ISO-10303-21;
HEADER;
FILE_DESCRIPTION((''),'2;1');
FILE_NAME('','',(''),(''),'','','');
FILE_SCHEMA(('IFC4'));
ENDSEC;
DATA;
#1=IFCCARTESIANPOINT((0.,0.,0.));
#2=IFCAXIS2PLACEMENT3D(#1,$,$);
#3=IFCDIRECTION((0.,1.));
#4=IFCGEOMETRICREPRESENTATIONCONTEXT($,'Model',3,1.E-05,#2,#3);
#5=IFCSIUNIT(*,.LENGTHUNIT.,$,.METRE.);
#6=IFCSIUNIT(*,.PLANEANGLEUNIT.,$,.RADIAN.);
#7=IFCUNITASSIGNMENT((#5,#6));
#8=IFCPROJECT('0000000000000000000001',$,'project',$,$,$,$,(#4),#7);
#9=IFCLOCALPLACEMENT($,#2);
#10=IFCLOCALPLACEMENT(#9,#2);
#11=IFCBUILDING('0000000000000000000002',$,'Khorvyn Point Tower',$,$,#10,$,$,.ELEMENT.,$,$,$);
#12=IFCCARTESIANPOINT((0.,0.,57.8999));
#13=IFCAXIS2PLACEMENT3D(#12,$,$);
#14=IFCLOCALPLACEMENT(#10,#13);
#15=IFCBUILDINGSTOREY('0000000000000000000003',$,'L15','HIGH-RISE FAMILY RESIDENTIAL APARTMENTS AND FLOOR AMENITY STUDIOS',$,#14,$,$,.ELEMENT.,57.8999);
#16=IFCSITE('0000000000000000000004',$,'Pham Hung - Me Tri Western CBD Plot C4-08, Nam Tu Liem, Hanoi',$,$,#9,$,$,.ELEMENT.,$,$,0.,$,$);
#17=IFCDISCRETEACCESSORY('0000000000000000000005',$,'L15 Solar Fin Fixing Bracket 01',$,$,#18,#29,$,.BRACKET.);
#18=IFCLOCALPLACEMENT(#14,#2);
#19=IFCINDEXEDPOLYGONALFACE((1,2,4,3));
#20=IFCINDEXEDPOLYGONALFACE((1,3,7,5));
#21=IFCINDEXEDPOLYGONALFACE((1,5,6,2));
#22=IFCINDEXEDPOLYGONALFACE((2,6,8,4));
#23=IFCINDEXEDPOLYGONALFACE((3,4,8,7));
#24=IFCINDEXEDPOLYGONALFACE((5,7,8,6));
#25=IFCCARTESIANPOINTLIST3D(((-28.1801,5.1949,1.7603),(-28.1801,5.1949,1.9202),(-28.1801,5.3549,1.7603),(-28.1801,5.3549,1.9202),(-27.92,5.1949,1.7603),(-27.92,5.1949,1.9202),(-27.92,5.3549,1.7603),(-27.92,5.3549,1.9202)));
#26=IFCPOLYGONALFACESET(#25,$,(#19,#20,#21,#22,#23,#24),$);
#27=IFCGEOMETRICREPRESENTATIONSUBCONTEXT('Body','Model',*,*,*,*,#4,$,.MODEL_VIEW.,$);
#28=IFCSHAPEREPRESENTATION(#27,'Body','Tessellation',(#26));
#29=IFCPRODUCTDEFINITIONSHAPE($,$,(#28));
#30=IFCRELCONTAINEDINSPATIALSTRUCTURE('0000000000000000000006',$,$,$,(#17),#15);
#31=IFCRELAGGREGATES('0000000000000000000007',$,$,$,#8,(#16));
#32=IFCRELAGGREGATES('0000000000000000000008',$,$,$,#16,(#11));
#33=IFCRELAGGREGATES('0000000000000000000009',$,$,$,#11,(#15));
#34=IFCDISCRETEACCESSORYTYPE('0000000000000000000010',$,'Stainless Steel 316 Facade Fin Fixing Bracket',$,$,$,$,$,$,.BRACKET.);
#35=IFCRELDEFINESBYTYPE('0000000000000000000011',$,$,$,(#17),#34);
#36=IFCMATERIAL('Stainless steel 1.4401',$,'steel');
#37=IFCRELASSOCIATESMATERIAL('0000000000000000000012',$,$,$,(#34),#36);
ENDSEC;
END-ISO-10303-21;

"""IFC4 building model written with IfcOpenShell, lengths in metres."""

from ifc_helpers import new_model, si_unit, direction, frame, origin, origin_2d, place, context, subcontext, project, spatial, rectangle, extrude, material, type_object, element, save


model = new_model("IFC4")

# Units and contexts
model_context = context("Model", 3, precision=1e-05, world=origin(), true_north=direction((0.0, 1.0)))
body_context = subcontext(model_context, "Body", "Model", "MODEL_VIEW")
ifc_project = project(units=[si_unit("LENGTHUNIT", "METRE"), si_unit("PLANEANGLEUNIT", "RADIAN")], contexts=[model_context])

# Site, building, storey
site_placement = place(None, origin())
site = spatial("IfcSite", under=ifc_project, at=site_placement, Name="Pham Hung - Me Tri Western CBD Plot C4-08, Nam Tu Liem, Hanoi", CompositionType="ELEMENT", RefElevation=0.0)
building_placement = place(site_placement, origin())
building = spatial("IfcBuilding", under=site, at=building_placement, Name="Khorvyn Point Tower", CompositionType="ELEMENT")
storey_placement = place(building_placement, frame((0.0, 0.0, 57.8999)))
storey = spatial("IfcBuildingStorey", under=building, at=storey_placement, Name="L15", Description="HIGH-RISE FAMILY RESIDENTIAL APARTMENTS AND FLOOR AMENITY STUDIOS", CompositionType="ELEMENT", Elevation=57.8999)

# Discrete accessory
ifc_material_1 = material(Name="Stainless steel 1.4401", Category="steel")
discrete_accessory_type = type_object("IfcDiscreteAccessoryType", Name="Stainless Steel 316 Facade Fin Fixing Bracket", PredefinedType="BRACKET", material=ifc_material_1)
discrete_accessory_placement = place(storey_placement, frame((-28.05, 5.2749, 1.7603), z_axis=(0.0, 0.0, 1.0), x_axis=(0.0, 1.0, 0.0)))
element("IfcDiscreteAccessory", 1, at=discrete_accessory_placement, inside=storey, type_object=discrete_accessory_type, Name="L15 Solar Fin Fixing Bracket 01", PredefinedType="BRACKET", context=body_context, shape_type="SweptSolid", body=[
    extrude(rectangle(XDim=0.1599, YDim=0.26, at=origin_2d()), origin(), (0.0, 0.0, 1.0), 0.1599),
])

save(model, "model.ifc")
